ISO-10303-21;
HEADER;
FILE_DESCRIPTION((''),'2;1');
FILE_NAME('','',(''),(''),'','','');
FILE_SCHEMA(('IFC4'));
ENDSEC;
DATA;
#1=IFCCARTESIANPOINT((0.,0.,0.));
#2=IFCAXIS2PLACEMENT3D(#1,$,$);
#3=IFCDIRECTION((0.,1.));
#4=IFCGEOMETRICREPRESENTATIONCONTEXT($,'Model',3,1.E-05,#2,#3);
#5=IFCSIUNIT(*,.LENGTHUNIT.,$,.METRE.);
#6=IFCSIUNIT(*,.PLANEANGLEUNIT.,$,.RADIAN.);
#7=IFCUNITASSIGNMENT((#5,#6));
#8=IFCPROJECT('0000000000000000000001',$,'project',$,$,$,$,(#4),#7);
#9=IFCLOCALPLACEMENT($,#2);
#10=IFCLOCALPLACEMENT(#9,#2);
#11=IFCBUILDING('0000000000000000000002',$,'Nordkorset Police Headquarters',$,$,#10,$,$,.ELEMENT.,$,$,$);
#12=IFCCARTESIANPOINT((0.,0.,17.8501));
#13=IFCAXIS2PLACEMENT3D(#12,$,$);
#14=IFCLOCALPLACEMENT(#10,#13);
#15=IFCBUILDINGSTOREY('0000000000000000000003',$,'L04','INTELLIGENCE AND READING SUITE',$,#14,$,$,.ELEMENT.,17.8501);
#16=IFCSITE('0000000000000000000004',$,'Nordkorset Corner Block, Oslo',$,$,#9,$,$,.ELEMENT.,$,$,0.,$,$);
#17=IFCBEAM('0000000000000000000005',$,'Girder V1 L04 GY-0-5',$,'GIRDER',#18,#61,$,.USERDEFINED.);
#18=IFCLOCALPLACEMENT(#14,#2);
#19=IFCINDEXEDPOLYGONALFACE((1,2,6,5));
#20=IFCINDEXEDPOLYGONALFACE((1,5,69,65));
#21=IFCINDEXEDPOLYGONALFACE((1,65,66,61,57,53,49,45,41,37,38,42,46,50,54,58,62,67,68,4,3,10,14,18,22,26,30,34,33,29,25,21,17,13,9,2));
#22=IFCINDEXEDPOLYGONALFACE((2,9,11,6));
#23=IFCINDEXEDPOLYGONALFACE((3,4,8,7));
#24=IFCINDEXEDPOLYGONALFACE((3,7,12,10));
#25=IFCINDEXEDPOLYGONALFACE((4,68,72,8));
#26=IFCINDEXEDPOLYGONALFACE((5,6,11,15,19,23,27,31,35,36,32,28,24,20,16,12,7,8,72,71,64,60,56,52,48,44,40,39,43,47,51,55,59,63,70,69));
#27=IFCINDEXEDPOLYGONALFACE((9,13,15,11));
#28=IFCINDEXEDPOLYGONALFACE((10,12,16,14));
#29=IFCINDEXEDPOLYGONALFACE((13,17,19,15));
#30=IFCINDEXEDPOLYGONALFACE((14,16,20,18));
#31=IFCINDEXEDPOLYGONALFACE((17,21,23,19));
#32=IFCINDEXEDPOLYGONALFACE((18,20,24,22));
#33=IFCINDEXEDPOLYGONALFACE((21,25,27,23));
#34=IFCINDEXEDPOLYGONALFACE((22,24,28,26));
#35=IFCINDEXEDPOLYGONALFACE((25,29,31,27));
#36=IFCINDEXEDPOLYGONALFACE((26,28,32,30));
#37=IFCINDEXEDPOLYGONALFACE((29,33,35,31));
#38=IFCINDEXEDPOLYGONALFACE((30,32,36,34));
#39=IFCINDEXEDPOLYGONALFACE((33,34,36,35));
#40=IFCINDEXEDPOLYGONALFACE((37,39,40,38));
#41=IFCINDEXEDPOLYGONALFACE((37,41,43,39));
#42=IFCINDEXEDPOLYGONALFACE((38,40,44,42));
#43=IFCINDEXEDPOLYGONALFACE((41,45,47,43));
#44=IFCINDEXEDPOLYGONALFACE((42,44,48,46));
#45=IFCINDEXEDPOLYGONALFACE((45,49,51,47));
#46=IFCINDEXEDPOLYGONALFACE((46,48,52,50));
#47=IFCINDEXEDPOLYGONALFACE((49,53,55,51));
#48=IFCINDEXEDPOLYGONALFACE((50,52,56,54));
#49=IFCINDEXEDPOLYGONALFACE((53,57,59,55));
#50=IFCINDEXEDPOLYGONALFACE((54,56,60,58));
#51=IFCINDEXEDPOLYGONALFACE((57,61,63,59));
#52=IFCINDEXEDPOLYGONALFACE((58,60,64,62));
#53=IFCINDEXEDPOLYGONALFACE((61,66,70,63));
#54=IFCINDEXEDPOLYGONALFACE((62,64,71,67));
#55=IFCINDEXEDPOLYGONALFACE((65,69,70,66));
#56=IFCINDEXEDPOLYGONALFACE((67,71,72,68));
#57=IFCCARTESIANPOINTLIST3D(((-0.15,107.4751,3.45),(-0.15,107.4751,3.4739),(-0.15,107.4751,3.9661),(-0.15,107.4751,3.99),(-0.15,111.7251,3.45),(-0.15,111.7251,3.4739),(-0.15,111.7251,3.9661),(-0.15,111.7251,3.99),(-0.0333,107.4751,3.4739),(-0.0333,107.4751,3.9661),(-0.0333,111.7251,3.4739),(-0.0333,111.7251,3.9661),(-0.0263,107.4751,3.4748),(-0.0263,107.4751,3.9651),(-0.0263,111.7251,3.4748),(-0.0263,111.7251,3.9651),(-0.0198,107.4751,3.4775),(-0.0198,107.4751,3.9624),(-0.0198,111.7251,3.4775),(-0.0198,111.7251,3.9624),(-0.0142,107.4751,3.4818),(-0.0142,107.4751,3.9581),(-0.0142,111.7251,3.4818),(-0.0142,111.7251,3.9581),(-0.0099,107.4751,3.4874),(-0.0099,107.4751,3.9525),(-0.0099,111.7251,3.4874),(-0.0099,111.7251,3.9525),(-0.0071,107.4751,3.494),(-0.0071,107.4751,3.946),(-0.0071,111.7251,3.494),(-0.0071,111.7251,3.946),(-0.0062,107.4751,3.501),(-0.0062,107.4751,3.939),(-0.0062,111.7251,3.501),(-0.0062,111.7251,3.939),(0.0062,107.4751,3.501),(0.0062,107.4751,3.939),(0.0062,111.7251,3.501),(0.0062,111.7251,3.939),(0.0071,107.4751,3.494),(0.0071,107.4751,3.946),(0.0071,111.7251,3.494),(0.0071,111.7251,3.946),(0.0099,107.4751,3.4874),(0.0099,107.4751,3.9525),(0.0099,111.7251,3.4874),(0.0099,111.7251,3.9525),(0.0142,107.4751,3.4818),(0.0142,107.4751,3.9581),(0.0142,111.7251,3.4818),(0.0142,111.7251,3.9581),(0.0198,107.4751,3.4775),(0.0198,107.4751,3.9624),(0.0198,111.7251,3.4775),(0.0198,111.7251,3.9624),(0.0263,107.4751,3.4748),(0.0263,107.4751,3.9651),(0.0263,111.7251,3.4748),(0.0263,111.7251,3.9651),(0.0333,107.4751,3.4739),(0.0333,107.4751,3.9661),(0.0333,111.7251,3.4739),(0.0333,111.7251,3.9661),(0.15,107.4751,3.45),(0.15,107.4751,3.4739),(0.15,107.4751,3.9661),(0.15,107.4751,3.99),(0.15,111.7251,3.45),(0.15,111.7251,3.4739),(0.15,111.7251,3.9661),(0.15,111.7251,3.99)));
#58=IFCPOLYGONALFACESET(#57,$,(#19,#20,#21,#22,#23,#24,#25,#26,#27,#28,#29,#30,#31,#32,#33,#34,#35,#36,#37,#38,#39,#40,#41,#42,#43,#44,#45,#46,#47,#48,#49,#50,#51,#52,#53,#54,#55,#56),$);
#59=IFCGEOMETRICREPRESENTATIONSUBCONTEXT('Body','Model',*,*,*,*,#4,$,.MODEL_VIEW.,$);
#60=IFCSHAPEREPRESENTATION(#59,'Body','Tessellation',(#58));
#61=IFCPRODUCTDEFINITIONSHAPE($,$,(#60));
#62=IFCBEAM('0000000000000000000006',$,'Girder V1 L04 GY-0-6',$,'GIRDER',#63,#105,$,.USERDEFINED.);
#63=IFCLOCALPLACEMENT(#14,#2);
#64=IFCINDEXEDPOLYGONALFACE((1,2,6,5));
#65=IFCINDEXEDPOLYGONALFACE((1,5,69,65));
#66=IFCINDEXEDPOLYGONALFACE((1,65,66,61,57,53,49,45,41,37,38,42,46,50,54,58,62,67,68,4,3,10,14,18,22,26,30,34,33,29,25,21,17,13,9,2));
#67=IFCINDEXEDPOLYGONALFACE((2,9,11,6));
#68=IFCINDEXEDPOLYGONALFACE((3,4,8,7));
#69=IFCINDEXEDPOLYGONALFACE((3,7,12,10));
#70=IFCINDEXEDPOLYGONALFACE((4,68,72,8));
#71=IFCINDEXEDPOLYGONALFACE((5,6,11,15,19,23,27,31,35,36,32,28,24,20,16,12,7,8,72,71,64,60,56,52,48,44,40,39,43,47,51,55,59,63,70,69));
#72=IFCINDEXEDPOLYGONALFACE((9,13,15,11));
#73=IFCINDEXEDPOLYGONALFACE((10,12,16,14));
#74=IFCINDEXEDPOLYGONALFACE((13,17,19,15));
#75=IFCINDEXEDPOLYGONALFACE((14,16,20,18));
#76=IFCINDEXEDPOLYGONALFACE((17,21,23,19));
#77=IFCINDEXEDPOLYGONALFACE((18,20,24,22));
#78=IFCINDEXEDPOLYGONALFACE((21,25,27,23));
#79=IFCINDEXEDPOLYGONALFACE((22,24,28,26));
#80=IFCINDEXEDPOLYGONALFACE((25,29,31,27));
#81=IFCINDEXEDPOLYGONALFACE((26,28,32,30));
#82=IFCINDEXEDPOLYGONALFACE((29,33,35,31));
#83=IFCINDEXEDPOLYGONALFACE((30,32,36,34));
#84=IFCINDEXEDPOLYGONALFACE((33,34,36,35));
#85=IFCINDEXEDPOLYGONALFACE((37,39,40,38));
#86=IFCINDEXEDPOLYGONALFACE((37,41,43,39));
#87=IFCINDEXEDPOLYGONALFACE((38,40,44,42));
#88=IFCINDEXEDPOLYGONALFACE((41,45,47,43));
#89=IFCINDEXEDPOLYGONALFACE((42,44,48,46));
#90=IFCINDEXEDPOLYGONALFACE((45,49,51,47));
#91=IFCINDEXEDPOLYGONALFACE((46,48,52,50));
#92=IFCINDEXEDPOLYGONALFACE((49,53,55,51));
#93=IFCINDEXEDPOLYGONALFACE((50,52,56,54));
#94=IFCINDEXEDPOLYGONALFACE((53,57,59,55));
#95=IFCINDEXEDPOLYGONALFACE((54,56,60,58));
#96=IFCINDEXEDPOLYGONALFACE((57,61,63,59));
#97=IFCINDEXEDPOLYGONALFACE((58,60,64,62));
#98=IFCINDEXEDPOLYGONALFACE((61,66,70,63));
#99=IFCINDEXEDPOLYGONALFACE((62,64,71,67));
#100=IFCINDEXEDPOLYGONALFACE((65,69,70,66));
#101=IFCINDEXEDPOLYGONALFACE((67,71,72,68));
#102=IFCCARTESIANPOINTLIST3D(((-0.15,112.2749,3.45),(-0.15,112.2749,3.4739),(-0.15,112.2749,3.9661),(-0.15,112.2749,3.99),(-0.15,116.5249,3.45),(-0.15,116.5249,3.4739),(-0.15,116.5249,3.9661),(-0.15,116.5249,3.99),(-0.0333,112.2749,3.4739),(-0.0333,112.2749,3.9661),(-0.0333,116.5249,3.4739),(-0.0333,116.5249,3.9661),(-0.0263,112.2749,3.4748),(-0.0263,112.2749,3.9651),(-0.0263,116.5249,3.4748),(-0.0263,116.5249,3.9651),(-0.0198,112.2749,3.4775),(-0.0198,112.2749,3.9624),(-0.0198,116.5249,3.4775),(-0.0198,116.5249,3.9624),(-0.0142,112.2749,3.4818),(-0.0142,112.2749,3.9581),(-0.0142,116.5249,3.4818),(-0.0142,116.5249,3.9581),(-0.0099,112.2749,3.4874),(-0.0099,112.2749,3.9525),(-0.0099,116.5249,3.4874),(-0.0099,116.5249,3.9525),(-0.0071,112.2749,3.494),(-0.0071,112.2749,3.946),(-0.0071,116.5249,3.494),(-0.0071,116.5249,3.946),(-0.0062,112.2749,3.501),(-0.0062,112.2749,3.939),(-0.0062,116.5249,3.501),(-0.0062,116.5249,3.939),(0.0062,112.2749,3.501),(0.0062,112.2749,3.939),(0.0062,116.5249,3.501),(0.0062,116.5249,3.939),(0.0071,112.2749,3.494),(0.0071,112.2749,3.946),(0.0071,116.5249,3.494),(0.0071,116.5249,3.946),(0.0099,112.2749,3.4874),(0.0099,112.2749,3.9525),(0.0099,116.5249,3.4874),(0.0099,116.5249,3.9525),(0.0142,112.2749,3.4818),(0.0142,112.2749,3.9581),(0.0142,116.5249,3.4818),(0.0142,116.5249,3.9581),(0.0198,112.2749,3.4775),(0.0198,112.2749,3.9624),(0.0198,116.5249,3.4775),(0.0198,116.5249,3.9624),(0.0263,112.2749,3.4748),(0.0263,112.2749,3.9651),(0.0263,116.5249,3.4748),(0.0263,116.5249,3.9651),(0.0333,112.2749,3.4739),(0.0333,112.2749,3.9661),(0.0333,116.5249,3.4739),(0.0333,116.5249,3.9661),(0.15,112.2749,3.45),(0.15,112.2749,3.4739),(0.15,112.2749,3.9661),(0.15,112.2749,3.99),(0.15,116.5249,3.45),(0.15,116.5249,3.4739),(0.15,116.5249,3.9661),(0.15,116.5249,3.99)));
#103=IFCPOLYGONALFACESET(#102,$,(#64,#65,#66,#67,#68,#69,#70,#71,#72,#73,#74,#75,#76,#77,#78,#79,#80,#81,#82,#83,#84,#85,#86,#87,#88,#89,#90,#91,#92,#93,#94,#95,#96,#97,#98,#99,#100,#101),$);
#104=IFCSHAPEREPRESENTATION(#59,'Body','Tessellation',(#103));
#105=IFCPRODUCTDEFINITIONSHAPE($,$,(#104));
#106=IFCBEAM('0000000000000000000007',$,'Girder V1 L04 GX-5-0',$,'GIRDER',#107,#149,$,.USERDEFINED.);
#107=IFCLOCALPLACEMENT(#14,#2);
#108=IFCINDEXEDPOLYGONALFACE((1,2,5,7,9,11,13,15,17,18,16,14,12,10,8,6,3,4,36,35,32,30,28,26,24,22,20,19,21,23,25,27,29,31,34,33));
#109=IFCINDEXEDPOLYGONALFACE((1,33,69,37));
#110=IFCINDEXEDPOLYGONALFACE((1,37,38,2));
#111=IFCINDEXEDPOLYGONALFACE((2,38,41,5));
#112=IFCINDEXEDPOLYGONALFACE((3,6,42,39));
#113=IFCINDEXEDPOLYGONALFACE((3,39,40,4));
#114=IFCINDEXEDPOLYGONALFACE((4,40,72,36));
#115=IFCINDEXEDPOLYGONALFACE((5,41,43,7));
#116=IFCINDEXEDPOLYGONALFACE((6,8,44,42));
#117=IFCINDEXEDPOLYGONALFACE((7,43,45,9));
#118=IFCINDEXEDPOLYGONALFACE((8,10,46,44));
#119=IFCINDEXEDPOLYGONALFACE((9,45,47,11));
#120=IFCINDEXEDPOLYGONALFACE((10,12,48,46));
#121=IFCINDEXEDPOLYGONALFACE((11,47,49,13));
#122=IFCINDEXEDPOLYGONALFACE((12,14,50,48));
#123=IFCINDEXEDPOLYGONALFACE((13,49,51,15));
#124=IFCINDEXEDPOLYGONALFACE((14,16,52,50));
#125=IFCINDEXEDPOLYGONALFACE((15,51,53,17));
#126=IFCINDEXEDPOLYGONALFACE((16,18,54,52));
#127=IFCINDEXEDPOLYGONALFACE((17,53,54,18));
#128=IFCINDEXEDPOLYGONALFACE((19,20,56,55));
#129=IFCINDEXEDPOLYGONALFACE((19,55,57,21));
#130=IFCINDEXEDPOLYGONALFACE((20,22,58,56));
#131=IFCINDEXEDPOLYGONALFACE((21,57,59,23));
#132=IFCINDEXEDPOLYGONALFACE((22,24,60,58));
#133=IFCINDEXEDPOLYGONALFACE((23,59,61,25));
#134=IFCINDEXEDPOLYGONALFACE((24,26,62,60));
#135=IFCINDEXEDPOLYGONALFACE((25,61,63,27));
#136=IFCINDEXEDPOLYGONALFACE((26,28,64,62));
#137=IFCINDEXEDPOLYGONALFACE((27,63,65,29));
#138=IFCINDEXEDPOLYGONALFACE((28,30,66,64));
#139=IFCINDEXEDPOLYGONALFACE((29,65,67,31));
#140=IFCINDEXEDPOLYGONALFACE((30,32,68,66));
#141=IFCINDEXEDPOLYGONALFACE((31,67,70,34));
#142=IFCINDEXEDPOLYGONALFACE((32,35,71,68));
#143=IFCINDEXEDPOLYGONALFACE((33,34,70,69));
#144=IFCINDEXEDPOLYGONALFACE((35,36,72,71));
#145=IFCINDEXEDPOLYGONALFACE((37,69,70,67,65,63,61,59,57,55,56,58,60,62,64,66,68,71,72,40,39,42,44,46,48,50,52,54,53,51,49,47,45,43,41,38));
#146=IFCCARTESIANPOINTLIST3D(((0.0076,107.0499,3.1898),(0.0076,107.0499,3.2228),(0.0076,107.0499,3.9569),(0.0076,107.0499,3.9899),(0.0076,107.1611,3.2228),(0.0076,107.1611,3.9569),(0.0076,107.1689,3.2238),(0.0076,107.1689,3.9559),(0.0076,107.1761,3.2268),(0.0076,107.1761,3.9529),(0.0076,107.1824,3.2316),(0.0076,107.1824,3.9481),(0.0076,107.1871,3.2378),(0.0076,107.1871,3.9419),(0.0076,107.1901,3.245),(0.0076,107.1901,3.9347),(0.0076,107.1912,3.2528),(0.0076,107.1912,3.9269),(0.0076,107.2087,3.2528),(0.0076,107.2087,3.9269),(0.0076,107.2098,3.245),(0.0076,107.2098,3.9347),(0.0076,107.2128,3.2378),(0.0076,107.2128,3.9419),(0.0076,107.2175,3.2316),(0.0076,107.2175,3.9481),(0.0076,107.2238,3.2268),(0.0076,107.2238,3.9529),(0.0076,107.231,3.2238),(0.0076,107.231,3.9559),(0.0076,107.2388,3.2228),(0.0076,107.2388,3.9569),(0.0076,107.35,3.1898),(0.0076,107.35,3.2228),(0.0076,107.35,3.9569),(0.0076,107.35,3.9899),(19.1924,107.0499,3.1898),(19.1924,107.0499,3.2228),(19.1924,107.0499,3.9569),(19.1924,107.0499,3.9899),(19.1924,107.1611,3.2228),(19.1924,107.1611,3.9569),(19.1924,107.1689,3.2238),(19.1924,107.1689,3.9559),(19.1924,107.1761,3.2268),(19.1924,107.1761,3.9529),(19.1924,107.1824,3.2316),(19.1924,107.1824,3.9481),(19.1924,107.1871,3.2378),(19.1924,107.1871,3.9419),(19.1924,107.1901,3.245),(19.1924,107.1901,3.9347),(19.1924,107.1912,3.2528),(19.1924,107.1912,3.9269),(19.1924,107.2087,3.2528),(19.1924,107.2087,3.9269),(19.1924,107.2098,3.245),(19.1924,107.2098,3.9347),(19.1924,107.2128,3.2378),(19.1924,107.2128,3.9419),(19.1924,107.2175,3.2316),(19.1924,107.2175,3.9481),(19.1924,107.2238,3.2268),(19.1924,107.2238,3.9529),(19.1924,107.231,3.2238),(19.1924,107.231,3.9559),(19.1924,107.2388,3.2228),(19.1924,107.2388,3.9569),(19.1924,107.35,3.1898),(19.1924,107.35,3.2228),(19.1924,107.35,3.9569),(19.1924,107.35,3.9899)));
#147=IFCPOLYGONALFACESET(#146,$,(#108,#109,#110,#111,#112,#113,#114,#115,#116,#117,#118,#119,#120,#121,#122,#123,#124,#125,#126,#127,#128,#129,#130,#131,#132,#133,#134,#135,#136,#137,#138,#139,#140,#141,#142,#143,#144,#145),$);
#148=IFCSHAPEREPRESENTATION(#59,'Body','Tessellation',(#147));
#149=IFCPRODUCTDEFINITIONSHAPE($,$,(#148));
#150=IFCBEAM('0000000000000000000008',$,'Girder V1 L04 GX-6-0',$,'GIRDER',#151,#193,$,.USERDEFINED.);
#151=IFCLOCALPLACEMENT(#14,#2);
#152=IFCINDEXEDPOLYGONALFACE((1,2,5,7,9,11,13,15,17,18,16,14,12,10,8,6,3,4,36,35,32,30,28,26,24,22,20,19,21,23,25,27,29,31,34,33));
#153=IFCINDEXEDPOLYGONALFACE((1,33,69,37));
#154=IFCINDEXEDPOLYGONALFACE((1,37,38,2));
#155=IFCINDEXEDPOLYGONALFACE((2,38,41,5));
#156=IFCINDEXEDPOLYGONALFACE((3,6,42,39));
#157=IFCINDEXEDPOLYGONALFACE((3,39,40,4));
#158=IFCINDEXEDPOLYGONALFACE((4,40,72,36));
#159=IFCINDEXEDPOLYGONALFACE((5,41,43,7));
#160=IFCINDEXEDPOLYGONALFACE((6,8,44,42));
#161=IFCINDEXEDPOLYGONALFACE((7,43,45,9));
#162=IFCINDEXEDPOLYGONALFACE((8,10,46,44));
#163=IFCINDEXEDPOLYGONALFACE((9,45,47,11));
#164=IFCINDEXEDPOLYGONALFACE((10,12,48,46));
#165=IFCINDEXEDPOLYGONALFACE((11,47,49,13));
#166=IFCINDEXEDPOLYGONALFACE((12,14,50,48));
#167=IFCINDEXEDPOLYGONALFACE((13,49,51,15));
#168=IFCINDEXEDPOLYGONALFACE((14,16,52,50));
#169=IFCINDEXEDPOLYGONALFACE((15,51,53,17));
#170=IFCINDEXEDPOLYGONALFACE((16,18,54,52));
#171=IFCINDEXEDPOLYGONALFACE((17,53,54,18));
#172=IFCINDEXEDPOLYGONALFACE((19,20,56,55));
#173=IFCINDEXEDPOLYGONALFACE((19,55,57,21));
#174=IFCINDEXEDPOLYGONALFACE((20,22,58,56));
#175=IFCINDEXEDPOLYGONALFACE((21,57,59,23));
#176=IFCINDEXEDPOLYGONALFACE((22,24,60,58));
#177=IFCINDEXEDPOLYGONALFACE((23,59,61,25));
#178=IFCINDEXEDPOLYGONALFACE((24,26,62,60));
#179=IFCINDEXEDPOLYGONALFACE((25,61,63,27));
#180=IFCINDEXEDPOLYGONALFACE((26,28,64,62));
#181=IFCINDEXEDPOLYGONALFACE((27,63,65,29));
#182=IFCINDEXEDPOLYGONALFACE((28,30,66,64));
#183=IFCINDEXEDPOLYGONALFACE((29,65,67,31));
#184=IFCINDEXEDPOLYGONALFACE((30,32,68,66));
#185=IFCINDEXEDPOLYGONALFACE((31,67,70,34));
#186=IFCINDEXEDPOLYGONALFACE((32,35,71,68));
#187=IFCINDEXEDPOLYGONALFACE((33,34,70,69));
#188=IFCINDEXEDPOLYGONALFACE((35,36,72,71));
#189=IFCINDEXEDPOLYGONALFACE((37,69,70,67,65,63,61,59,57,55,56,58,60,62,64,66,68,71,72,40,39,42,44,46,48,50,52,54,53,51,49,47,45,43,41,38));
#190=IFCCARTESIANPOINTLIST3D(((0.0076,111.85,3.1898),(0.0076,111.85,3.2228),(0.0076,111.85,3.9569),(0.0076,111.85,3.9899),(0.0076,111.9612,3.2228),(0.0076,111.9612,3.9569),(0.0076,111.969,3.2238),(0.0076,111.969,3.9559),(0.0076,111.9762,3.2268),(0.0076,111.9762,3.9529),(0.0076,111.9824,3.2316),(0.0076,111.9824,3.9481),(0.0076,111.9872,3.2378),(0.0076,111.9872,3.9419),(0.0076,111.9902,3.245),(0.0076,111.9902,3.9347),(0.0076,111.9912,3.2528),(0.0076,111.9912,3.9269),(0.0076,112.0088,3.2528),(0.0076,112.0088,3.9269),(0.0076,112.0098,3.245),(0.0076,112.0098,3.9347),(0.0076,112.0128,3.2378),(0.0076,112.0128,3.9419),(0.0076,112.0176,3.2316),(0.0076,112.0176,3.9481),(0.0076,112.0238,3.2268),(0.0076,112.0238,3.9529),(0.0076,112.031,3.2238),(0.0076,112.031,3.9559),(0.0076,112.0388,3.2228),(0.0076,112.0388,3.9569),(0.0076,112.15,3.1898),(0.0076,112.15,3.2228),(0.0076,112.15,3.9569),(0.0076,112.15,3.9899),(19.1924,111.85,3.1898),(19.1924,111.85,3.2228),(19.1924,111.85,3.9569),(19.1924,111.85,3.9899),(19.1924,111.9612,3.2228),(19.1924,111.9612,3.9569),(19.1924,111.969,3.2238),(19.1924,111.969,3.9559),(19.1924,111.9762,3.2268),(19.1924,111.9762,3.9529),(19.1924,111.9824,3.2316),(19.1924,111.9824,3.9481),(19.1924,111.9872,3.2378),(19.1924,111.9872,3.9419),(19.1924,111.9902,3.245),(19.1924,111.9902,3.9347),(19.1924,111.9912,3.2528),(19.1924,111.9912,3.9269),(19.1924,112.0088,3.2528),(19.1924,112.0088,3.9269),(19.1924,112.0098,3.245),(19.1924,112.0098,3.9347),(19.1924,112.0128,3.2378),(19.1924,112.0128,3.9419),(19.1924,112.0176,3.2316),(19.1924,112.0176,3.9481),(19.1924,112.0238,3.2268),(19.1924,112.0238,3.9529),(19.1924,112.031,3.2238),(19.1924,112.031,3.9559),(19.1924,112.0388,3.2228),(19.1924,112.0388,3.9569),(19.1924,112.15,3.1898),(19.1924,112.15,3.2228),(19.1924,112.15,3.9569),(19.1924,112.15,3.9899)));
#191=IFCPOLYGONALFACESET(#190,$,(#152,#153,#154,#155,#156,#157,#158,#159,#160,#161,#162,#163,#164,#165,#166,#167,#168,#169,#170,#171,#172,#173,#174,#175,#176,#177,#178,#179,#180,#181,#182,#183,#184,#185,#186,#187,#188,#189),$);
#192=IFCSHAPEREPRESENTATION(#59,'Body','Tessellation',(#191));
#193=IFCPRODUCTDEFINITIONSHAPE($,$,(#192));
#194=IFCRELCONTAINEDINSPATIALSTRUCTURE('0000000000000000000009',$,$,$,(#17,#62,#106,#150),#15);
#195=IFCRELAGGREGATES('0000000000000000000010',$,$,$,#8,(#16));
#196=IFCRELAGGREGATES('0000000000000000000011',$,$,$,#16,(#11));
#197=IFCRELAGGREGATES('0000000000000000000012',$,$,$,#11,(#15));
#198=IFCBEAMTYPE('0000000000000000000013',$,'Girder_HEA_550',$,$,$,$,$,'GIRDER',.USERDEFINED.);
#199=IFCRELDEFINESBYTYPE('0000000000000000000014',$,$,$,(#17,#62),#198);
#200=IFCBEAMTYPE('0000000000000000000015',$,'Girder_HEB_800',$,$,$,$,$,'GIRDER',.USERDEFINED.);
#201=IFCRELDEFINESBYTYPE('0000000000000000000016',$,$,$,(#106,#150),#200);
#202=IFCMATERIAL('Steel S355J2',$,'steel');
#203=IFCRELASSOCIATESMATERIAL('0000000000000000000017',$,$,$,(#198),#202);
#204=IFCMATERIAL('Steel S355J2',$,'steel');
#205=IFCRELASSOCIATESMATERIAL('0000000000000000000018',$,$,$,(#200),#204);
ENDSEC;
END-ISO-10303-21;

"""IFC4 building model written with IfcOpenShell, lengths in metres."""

from ifc_helpers import new_model, si_unit, direction, frame, origin, origin_2d, place, context, subcontext, project, spatial, i_section, extrude, material, material_profile, profile_set, type_object, element, save


model = new_model("IFC4")

# Units and contexts
model_context = context("Model", 3, precision=1e-05, world=origin(), true_north=direction((0.0, 1.0)))
body_context = subcontext(model_context, "Body", "Model", "MODEL_VIEW")
ifc_project = project(units=[si_unit("LENGTHUNIT", "METRE"), si_unit("PLANEANGLEUNIT", "RADIAN")], contexts=[model_context])

# Site, building, storey
site_placement = place(None, origin())
site = spatial("IfcSite", under=ifc_project, at=site_placement, Name="Nordkorset Corner Block, Oslo", CompositionType="ELEMENT", RefElevation=0.0)
building_placement = place(site_placement, origin())
building = spatial("IfcBuilding", under=site, at=building_placement, Name="Nordkorset Police Headquarters", CompositionType="ELEMENT")
storey_placement = place(building_placement, frame((0.0, 0.0, 17.8501)))
storey = spatial("IfcBuildingStorey", under=building, at=storey_placement, Name="L04", Description="INTELLIGENCE AND READING SUITE", CompositionType="ELEMENT", Elevation=17.8501)

# Beams
ifc_material_1 = material(Name="Steel S355J2", Category="steel")
ifc_material_profile_1 = material_profile(ifc_material_1, i_section(OverallWidth=0.3, OverallDepth=0.54, WebThickness=0.0125, FlangeThickness=0.0239, FilletRadius=0.0271, at=origin_2d()), Name="HEA 550")
ifc_profile_set_1 = profile_set([ifc_material_profile_1], Name="Steel S355J2")
beam_type_1 = type_object("IfcBeamType", Name="Girder_HEA_550", ElementType="GIRDER", PredefinedType="USERDEFINED", material=ifc_profile_set_1)
for number, where, z_axis, x_axis, name in (
    (1, (0.0, 107.4751, 3.72), (0.0, 1.0, 0.0), (-1.0, 0.0, 0.0), "Girder V1 L04 GY-0-5"),
    (2, (0.0, 112.2749, 3.72), (0.0, 1.0, 0.0), (-1.0, 0.0, 0.0), "Girder V1 L04 GY-0-6"),
):
    element("IfcBeam", number, at=place(storey_placement, frame(where, z_axis=z_axis, x_axis=x_axis)), inside=storey, type_object=beam_type_1, Name=name, ObjectType="GIRDER", PredefinedType="USERDEFINED", context=body_context, shape_type="SweptSolid", body=[
        extrude(i_section(OverallWidth=0.3, OverallDepth=0.54, WebThickness=0.0125, FlangeThickness=0.0239, FilletRadius=0.0271, at=origin_2d()), origin(), (0.0, 0.0, 1.0), 4.25),
    ])
ifc_material_2 = material(Name="Steel S355J2", Category="steel")
ifc_material_profile_2 = material_profile(ifc_material_2, i_section(OverallWidth=0.3, OverallDepth=0.8, WebThickness=0.0176, FlangeThickness=0.033, FilletRadius=0.03, at=origin_2d()), Name="HEB 800")
ifc_profile_set_2 = profile_set([ifc_material_profile_2], Name="Steel S355J2")
beam_type_2 = type_object("IfcBeamType", Name="Girder_HEB_800", ElementType="GIRDER", PredefinedType="USERDEFINED", material=ifc_profile_set_2)
for number, where, z_axis, x_axis, name in (
    (3, (0.0076, 107.2, 3.5898), (1.0, 0.0, 0.0), (0.0, 1.0, 0.0), "Girder V1 L04 GX-5-0"),
    (4, (0.0076, 112.0, 3.5898), (1.0, 0.0, 0.0), (0.0, 1.0, 0.0), "Girder V1 L04 GX-6-0"),
):
    element("IfcBeam", number, at=place(storey_placement, frame(where, z_axis=z_axis, x_axis=x_axis)), inside=storey, type_object=beam_type_2, Name=name, ObjectType="GIRDER", PredefinedType="USERDEFINED", context=body_context, shape_type="SweptSolid", body=[
        extrude(i_section(OverallWidth=0.3, OverallDepth=0.8, WebThickness=0.0176, FlangeThickness=0.033, FilletRadius=0.03, at=origin_2d()), origin(), (0.0, 0.0, 1.0), 19.1848),
    ])

save(model, "model.ifc")
